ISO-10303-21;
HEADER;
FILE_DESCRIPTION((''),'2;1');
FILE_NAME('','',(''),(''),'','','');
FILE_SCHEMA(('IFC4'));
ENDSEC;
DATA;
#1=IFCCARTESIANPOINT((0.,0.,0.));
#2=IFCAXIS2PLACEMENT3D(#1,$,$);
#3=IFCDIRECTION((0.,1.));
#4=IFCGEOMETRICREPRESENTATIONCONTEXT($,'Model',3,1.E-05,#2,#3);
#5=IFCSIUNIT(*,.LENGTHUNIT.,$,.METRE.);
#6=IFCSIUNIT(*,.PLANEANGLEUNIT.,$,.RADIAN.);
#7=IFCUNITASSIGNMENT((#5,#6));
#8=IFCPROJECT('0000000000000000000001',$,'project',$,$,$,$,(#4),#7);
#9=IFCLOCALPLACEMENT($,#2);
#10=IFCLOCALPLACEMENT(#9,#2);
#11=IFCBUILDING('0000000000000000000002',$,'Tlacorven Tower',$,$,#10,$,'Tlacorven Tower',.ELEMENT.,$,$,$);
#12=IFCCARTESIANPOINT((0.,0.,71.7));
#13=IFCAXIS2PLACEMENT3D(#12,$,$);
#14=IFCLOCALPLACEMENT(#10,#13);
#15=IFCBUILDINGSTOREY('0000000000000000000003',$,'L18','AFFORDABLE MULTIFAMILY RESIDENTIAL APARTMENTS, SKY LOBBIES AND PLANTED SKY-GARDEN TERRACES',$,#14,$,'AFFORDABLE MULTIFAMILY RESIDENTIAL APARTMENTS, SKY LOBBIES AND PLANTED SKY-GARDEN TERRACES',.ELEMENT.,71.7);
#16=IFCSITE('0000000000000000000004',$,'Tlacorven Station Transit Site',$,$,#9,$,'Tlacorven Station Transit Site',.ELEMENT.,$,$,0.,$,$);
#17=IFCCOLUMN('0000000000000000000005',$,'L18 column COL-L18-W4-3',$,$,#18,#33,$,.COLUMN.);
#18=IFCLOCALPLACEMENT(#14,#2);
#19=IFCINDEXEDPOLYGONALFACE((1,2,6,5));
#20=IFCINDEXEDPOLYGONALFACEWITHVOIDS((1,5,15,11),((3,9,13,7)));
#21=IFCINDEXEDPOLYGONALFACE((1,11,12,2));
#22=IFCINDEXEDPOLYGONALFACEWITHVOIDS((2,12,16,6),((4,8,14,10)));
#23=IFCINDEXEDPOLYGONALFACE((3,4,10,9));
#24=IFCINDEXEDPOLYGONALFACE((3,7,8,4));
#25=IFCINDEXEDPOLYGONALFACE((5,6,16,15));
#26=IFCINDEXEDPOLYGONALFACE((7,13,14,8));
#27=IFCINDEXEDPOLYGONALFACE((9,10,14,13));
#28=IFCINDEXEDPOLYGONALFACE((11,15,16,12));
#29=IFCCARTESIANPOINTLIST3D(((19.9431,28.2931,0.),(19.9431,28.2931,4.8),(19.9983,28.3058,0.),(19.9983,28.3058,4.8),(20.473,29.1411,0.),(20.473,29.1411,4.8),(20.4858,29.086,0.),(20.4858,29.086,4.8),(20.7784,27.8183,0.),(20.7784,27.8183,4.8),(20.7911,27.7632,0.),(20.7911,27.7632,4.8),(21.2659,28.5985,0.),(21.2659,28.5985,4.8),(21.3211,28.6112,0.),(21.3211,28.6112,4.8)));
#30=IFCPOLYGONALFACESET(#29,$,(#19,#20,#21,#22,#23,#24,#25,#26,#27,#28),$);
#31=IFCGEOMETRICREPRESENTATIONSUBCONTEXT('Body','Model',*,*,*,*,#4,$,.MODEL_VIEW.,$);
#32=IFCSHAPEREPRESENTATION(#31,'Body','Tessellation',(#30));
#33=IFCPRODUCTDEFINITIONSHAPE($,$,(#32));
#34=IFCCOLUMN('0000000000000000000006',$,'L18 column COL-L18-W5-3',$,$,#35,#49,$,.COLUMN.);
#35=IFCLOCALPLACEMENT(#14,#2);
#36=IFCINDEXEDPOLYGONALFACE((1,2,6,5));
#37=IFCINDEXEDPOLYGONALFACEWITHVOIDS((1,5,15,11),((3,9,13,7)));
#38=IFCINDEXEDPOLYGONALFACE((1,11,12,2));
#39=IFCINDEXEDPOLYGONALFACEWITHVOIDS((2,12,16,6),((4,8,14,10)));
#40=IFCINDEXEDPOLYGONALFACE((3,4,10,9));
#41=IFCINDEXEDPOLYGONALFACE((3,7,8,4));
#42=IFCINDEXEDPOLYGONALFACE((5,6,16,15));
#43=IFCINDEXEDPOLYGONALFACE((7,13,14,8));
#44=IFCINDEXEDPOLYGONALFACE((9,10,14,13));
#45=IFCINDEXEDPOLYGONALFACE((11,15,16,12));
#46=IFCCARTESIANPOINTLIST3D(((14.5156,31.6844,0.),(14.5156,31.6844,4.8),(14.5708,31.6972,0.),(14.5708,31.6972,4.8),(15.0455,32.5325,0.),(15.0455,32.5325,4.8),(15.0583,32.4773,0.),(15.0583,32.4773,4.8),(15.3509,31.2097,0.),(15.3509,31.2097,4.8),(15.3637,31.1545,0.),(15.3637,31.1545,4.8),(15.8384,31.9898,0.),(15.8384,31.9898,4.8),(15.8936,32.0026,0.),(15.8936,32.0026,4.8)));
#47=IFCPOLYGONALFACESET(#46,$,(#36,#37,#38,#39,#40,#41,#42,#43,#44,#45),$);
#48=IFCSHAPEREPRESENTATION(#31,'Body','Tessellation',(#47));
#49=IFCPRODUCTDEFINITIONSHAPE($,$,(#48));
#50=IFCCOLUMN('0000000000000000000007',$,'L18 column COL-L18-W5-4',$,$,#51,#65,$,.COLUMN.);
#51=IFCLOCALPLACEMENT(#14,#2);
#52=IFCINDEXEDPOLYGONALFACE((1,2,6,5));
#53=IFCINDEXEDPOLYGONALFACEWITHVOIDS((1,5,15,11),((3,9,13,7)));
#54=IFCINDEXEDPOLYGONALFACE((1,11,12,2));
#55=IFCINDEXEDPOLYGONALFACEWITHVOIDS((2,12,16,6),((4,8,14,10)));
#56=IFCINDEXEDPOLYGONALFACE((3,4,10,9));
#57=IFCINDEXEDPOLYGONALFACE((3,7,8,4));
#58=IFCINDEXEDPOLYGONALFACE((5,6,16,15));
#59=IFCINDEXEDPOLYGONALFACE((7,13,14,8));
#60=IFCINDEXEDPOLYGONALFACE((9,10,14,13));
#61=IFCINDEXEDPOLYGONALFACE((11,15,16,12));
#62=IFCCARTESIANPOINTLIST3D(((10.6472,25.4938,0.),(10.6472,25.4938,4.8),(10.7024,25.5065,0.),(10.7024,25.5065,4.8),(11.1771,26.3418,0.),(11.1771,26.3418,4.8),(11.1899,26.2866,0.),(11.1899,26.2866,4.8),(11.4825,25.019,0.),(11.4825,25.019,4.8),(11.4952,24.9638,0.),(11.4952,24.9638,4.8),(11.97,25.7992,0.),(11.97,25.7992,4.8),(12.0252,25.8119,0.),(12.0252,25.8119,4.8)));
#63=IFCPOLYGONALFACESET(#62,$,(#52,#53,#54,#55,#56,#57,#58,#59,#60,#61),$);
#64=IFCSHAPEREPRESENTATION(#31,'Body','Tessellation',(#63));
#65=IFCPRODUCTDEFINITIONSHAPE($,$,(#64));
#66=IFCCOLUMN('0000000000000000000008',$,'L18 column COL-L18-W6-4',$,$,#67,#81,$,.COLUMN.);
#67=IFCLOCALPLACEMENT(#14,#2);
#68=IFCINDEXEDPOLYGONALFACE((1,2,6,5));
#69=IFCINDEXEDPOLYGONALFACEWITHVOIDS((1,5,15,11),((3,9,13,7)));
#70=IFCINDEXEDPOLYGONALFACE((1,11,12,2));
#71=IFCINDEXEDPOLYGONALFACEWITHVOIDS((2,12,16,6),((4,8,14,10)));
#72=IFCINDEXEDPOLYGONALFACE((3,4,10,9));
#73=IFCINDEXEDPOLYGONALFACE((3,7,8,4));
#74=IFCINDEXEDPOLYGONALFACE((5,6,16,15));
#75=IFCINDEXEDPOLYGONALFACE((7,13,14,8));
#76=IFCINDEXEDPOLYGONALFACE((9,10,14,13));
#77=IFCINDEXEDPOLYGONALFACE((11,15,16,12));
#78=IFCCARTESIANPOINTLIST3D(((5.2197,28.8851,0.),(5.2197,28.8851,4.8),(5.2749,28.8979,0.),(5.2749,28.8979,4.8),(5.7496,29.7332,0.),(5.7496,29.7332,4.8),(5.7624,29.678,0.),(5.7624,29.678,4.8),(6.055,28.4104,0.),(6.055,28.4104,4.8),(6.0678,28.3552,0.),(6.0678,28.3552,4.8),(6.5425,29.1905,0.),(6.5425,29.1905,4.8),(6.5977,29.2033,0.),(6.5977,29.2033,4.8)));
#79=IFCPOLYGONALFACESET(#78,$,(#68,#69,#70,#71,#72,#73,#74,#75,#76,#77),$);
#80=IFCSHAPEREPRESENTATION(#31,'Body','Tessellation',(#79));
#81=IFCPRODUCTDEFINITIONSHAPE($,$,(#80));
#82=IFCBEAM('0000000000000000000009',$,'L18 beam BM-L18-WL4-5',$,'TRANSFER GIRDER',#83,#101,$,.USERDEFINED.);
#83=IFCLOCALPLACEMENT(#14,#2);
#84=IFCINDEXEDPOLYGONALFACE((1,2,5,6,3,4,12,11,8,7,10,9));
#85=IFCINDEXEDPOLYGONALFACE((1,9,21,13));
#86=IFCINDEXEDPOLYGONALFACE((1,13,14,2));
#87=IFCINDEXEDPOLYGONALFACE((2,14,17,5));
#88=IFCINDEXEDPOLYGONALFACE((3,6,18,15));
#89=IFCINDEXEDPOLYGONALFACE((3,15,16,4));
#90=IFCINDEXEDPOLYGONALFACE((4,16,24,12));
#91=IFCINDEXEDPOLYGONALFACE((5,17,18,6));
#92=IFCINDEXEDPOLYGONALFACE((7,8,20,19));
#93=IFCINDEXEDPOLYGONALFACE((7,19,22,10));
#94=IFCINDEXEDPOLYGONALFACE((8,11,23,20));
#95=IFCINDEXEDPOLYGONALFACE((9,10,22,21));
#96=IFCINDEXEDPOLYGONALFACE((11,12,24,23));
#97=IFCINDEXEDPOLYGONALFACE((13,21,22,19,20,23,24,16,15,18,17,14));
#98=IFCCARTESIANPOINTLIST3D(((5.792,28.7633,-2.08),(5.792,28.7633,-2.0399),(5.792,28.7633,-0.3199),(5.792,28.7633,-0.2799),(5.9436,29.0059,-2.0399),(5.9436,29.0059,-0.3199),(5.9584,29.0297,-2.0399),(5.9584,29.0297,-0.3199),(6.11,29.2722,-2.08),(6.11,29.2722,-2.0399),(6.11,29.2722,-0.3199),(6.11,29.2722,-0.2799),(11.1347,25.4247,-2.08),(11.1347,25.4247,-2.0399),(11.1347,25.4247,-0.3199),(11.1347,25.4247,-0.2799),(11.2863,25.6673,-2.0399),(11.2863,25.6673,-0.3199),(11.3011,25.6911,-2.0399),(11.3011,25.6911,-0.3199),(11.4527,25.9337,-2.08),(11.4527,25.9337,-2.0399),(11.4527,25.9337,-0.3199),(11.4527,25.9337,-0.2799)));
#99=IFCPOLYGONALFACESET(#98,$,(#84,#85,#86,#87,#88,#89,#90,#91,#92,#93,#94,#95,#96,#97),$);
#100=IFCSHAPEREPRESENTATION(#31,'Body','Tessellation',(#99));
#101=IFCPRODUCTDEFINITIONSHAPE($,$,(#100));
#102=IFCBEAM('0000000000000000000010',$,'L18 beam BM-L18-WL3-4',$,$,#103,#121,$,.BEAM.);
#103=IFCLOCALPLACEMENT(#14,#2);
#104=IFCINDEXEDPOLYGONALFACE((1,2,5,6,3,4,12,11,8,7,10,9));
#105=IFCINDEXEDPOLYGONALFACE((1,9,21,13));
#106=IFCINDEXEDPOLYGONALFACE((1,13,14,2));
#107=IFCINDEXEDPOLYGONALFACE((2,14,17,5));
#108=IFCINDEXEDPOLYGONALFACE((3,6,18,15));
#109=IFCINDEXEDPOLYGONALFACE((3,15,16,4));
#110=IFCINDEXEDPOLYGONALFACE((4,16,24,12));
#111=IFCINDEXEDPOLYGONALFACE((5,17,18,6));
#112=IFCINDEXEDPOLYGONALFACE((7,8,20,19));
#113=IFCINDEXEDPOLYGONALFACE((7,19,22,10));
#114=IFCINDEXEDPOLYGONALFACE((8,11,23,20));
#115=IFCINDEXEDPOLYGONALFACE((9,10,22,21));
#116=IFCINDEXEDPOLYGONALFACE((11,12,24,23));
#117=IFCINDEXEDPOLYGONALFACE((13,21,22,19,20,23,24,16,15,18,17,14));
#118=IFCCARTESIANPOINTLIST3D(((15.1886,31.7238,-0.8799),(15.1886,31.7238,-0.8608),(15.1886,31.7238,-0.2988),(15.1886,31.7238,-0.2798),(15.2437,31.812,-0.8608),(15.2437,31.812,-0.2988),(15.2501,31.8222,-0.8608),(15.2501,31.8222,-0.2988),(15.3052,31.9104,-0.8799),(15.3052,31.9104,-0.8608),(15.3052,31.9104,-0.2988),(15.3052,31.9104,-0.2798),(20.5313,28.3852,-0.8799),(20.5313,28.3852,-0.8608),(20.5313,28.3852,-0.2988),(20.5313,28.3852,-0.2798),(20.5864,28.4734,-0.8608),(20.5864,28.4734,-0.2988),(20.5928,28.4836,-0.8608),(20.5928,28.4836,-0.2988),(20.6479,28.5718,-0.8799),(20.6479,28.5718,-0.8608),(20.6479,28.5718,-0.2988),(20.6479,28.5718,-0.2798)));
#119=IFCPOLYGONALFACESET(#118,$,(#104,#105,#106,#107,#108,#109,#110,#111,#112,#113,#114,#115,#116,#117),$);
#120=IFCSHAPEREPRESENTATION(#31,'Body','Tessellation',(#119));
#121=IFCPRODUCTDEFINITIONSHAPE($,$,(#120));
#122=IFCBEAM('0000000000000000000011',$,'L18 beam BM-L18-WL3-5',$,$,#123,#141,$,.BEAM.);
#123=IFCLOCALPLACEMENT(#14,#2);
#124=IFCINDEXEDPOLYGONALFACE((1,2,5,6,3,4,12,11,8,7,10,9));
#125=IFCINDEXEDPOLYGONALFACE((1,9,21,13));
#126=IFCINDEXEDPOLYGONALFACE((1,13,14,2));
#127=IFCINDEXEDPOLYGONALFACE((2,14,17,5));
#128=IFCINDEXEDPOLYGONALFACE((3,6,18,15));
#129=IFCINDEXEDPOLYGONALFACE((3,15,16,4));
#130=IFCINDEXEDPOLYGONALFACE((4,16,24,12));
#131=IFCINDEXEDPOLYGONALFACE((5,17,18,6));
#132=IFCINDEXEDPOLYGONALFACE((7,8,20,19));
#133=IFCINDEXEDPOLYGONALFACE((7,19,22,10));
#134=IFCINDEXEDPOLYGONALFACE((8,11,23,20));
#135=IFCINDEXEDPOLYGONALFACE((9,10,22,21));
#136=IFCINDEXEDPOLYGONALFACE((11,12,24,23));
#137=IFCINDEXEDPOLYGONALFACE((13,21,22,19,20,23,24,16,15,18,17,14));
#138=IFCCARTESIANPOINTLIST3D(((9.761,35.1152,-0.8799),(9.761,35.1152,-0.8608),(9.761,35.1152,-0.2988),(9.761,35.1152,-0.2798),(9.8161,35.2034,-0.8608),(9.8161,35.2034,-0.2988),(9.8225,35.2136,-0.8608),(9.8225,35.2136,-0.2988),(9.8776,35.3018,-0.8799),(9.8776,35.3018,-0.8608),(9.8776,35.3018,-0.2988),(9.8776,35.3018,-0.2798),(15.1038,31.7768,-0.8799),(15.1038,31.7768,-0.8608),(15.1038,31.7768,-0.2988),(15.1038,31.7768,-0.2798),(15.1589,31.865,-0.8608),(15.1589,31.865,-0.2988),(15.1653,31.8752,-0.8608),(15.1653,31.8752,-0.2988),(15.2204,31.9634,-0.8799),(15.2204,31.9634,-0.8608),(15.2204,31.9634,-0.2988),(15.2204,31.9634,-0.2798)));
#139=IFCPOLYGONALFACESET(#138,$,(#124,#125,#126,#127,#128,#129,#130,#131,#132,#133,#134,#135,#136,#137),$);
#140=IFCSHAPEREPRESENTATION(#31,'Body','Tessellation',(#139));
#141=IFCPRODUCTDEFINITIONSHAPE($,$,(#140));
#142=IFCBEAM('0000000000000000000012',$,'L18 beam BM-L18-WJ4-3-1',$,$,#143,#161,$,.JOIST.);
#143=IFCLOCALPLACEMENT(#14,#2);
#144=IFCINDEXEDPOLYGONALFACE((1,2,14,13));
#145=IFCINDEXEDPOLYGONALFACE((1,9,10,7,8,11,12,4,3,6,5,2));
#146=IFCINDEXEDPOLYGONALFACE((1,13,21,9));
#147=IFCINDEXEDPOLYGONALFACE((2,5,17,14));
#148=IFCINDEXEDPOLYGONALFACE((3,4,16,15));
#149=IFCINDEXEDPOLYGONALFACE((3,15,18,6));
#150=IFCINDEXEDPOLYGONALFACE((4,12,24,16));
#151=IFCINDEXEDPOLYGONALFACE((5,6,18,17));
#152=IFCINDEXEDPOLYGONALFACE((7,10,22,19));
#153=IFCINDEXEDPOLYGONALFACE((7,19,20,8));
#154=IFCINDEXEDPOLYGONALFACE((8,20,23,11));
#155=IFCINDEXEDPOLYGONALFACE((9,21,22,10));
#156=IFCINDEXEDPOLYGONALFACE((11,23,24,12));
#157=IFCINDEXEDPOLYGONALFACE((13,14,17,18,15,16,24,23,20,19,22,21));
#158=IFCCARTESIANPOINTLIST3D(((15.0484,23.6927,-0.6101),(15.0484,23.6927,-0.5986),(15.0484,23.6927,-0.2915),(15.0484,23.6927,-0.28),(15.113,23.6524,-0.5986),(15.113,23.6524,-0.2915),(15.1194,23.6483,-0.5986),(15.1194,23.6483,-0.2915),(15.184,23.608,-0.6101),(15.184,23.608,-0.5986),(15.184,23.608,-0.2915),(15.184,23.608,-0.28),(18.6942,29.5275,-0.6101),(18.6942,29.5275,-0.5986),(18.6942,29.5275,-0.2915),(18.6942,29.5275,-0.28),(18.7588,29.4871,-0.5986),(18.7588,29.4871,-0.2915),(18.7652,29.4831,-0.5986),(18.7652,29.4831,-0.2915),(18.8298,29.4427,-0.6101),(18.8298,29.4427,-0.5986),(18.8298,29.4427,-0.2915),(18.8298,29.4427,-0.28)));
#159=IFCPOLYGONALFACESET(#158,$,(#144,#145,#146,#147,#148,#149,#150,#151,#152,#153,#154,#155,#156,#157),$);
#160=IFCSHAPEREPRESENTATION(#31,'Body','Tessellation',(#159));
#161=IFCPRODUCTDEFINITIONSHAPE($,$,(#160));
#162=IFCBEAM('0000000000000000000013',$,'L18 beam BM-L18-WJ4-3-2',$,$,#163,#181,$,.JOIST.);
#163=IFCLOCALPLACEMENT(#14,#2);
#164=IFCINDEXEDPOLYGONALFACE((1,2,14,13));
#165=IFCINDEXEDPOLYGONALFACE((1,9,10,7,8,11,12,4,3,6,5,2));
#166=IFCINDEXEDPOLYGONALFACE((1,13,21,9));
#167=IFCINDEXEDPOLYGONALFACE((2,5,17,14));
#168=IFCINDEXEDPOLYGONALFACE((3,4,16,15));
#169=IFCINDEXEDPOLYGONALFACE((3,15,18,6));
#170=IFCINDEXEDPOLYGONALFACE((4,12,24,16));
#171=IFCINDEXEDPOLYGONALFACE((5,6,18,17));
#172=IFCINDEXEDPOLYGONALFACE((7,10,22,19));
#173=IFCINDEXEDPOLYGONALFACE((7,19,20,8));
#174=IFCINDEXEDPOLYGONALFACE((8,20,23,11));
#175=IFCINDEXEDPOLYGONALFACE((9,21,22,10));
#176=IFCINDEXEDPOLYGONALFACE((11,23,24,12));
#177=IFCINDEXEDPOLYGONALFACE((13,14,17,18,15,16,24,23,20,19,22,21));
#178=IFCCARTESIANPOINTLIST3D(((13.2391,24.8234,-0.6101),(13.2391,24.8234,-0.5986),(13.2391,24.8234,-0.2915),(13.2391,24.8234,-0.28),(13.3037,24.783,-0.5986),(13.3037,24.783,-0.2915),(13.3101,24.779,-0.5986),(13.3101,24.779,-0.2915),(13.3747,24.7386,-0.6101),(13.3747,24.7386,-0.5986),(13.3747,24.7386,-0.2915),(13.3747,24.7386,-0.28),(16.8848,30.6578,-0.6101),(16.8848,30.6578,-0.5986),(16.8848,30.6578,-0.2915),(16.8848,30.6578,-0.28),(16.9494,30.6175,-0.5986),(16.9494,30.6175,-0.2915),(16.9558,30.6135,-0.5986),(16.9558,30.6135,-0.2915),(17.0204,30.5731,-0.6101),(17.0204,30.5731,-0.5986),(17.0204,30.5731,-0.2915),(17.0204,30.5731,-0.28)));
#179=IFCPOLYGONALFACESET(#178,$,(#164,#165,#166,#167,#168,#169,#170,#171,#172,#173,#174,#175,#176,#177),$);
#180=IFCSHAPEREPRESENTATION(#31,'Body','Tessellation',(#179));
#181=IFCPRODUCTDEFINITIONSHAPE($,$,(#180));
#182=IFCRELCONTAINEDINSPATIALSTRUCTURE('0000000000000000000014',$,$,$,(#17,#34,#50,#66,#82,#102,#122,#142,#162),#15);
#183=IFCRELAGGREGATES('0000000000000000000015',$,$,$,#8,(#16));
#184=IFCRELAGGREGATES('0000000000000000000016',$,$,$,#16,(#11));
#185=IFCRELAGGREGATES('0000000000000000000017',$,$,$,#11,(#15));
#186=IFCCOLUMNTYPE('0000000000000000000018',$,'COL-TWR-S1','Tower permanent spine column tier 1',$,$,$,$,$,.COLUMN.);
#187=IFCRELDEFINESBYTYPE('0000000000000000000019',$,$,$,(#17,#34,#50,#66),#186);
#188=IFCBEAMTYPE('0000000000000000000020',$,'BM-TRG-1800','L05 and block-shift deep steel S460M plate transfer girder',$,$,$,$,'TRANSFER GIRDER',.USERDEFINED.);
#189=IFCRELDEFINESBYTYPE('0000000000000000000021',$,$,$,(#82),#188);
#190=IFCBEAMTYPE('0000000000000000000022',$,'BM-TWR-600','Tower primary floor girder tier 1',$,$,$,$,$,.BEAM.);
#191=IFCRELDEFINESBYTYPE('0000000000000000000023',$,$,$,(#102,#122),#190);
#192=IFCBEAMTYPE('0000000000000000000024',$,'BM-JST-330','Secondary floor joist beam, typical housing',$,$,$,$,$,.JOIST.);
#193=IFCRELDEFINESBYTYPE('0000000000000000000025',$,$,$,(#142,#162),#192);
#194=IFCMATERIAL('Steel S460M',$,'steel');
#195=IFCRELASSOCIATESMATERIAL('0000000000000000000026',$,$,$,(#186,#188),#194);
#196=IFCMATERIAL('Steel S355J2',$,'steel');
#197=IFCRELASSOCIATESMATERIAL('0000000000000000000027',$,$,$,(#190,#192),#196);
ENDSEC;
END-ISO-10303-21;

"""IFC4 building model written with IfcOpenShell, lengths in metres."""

from ifc_helpers import new_model, si_unit, direction, frame, origin, origin_2d, place, context, subcontext, project, spatial, hollow_rectangle, i_section, extrude, source, transform, mapped, material, material_profile, profile_set, type_object, element, save


model = new_model("IFC4")

# Units and contexts
model_context = context("Model", 3, precision=1e-05, world=origin(), true_north=direction((0.0, 1.0)))
body_context = subcontext(model_context, "Body", "Model", "MODEL_VIEW")
ifc_project = project(units=[si_unit("LENGTHUNIT", "METRE"), si_unit("PLANEANGLEUNIT", "RADIAN")], contexts=[model_context])

# Site, building, storey
site_placement = place(None, origin())
site = spatial("IfcSite", under=ifc_project, at=site_placement, Name="Tlacorven Station Transit Site", LongName="Tlacorven Station Transit Site", CompositionType="ELEMENT", RefElevation=0.0)
building_placement = place(site_placement, origin())
building = spatial("IfcBuilding", under=site, at=building_placement, Name="Tlacorven Tower", LongName="Tlacorven Tower", CompositionType="ELEMENT")
storey_placement = place(building_placement, frame((0.0, 0.0, 71.7)))
storey = spatial("IfcBuildingStorey", under=building, at=storey_placement, Name="L18", Description="AFFORDABLE MULTIFAMILY RESIDENTIAL APARTMENTS, SKY LOBBIES AND PLANTED SKY-GARDEN TERRACES", LongName="AFFORDABLE MULTIFAMILY RESIDENTIAL APARTMENTS, SKY LOBBIES AND PLANTED SKY-GARDEN TERRACES", CompositionType="ELEMENT", Elevation=71.7)

# Columns
ifc_material_1 = material(Name="Steel S460M", Category="steel")
ifc_material_profile_1 = material_profile(ifc_material_1, hollow_rectangle(XDim=1.0, YDim=1.0, WallThickness=0.04, at=origin_2d()), Name="BOX 1000X1000X40")
ifc_profile_set_1 = profile_set([ifc_material_profile_1], Name="Steel S460M")
column_type = type_object("IfcColumnType", Name="COL-TWR-S1", Description="Tower permanent spine column tier 1", PredefinedType="COLUMN", material=ifc_profile_set_1)
shared_shape_1 = source(origin(), body_context, "Body", "SweptSolid", [
    extrude(hollow_rectangle(XDim=1.0, YDim=1.0, WallThickness=0.04, at=origin_2d()), origin(), (0.0, 0.0, 1.0), 4.8),
])
for number, where, z_axis, x_axis, name in (
    (1, (20.6321, 28.4521, 0.0), (0.0, 0.0, 1.0), (-0.848048, 0.529919, 0.0), "L18 column COL-L18-W4-3"),
    (2, (15.2046, 31.8435, 0.0), (0.0, 0.0, 1.0), (-0.848048, 0.529919, 0.0), "L18 column COL-L18-W5-3"),
    (3, (11.3362, 25.6528, 0.0), (0.0, 0.0, 1.0), (-0.848048, 0.529919, 0.0), "L18 column COL-L18-W5-4"),
    (4, (5.9087, 29.0442, 0.0), (0.0, 0.0, 1.0), (-0.848048, 0.529919, 0.0), "L18 column COL-L18-W6-4"),
):
    element("IfcColumn", number, at=place(storey_placement, frame(where, z_axis=z_axis, x_axis=x_axis)), inside=storey, type_object=column_type, Name=name, PredefinedType="COLUMN", context=body_context, shape_type="MappedRepresentation", body=[
        mapped(shared_shape_1, transform((0.0, 0.0, 0.0), scale=1.0)),
    ])

# Beams
ifc_material_profile_2 = material_profile(ifc_material_1, i_section(OverallWidth=0.6001, OverallDepth=1.8, WebThickness=0.0281, FlangeThickness=0.04, at=origin_2d()), Name="PG 1800X600X28X40")
ifc_profile_set_2 = profile_set([ifc_material_profile_2], Name="Steel S460M")
beam_type_1 = type_object("IfcBeamType", Name="BM-TRG-1800", Description="L05 and block-shift deep steel S460M plate transfer girder", ElementType="TRANSFER GIRDER", PredefinedType="USERDEFINED", material=ifc_profile_set_2)
shared_shape_2 = source(origin(), body_context, "Body", "SweptSolid", [
    extrude(i_section(OverallWidth=0.6001, OverallDepth=1.8, WebThickness=0.0281, FlangeThickness=0.04, at=origin_2d()), origin(), (0.0, 0.0, 1.0), 6.3),
])
beam_1_placement = place(storey_placement, frame((11.2937, 25.6792, -1.1799), z_axis=(-0.848042, 0.529929, 0.0), x_axis=(-0.529929, -0.848042, 0.0)))
element("IfcBeam", 5, at=beam_1_placement, inside=storey, type_object=beam_type_1, Name="L18 beam BM-L18-WL4-5", ObjectType="TRANSFER GIRDER", PredefinedType="USERDEFINED", context=body_context, shape_type="MappedRepresentation", body=[
    mapped(shared_shape_2, transform((0.0, 0.0, 0.0), scale=1.0)),
])
ifc_material_2 = material(Name="Steel S355J2", Category="steel")
ifc_material_profile_3 = material_profile(ifc_material_2, i_section(OverallWidth=0.22, OverallDepth=0.6001, WebThickness=0.012, FlangeThickness=0.019, at=origin_2d()), Name="IPE 600")
ifc_profile_set_3 = profile_set([ifc_material_profile_3], Name="Steel S355J2")
beam_type_2 = type_object("IfcBeamType", Name="BM-TWR-600", Description="Tower primary floor girder tier 1", PredefinedType="BEAM", material=ifc_profile_set_3)
shared_shape_3 = source(origin(), body_context, "Body", "SweptSolid", [
    extrude(i_section(OverallWidth=0.22, OverallDepth=0.6001, WebThickness=0.012, FlangeThickness=0.019, at=origin_2d()), origin(), (0.0, 0.0, 1.0), 6.3),
])
for number, where, z_axis, x_axis, name in (
    (6, (20.5896, 28.4785, -0.5798), (-0.848042, 0.529929, 0.0), (-0.529929, -0.848042, 0.0), "L18 beam BM-L18-WL3-4"),
    (7, (15.1621, 31.8701, -0.5798), (-0.848059, 0.529901, 0.0), (-0.529901, -0.848059, 0.0), "L18 beam BM-L18-WL3-5"),
):
    element("IfcBeam", number, at=place(storey_placement, frame(where, z_axis=z_axis, x_axis=x_axis)), inside=storey, type_object=beam_type_2, Name=name, PredefinedType="BEAM", context=body_context, shape_type="MappedRepresentation", body=[
        mapped(shared_shape_3, transform((0.0, 0.0, 0.0), scale=1.0)),
    ])
ifc_material_profile_4 = material_profile(ifc_material_2, i_section(OverallWidth=0.1599, OverallDepth=0.3301, WebThickness=0.0076, FlangeThickness=0.0115, at=origin_2d()), Name="IPE 330")
ifc_profile_set_4 = profile_set([ifc_material_profile_4], Name="Steel S355J2")
beam_type_3 = type_object("IfcBeamType", Name="BM-JST-330", Description="Secondary floor joist beam, typical housing", PredefinedType="JOIST", material=ifc_profile_set_4)
shared_shape_4 = source(origin(), body_context, "Body", "SweptSolid", [
    extrude(i_section(OverallWidth=0.1599, OverallDepth=0.3301, WebThickness=0.0076, FlangeThickness=0.0115, at=origin_2d()), origin(), (0.0, 0.0, 1.0), 6.8801),
])
beam_2_placement = place(storey_placement, frame((18.762, 29.4851, -0.4451), z_axis=(-0.5299, -0.84806, 0.0), x_axis=(0.84806, -0.5299, 0.0)))
element("IfcBeam", 8, at=beam_2_placement, inside=storey, type_object=beam_type_3, Name="L18 beam BM-L18-WJ4-3-1", PredefinedType="JOIST", context=body_context, shape_type="MappedRepresentation", body=[
    mapped(shared_shape_4, transform((0.0, 0.0, 0.0), scale=1.0)),
])
shared_shape_5 = source(origin(), body_context, "Body", "SweptSolid", [
    extrude(i_section(OverallWidth=0.1599, OverallDepth=0.3301, WebThickness=0.0076, FlangeThickness=0.0115, at=origin_2d()), origin(), (0.0, 0.0, 1.0), 6.8799),
])
for number, where, z_axis, x_axis, name in (
    (9, (16.9526, 30.6155, -0.4451), (-0.529916, -0.84805, 0.0), (0.84805, -0.529916, 0.0), "L18 beam BM-L18-WJ4-3-2"),
):
    element("IfcBeam", number, at=place(storey_placement, frame(where, z_axis=z_axis, x_axis=x_axis)), inside=storey, type_object=beam_type_3, Name=name, PredefinedType="JOIST", context=body_context, shape_type="MappedRepresentation", body=[
        mapped(shared_shape_5, transform((0.0, 0.0, 0.0), scale=1.0)),
    ])

save(model, "model.ifc")
